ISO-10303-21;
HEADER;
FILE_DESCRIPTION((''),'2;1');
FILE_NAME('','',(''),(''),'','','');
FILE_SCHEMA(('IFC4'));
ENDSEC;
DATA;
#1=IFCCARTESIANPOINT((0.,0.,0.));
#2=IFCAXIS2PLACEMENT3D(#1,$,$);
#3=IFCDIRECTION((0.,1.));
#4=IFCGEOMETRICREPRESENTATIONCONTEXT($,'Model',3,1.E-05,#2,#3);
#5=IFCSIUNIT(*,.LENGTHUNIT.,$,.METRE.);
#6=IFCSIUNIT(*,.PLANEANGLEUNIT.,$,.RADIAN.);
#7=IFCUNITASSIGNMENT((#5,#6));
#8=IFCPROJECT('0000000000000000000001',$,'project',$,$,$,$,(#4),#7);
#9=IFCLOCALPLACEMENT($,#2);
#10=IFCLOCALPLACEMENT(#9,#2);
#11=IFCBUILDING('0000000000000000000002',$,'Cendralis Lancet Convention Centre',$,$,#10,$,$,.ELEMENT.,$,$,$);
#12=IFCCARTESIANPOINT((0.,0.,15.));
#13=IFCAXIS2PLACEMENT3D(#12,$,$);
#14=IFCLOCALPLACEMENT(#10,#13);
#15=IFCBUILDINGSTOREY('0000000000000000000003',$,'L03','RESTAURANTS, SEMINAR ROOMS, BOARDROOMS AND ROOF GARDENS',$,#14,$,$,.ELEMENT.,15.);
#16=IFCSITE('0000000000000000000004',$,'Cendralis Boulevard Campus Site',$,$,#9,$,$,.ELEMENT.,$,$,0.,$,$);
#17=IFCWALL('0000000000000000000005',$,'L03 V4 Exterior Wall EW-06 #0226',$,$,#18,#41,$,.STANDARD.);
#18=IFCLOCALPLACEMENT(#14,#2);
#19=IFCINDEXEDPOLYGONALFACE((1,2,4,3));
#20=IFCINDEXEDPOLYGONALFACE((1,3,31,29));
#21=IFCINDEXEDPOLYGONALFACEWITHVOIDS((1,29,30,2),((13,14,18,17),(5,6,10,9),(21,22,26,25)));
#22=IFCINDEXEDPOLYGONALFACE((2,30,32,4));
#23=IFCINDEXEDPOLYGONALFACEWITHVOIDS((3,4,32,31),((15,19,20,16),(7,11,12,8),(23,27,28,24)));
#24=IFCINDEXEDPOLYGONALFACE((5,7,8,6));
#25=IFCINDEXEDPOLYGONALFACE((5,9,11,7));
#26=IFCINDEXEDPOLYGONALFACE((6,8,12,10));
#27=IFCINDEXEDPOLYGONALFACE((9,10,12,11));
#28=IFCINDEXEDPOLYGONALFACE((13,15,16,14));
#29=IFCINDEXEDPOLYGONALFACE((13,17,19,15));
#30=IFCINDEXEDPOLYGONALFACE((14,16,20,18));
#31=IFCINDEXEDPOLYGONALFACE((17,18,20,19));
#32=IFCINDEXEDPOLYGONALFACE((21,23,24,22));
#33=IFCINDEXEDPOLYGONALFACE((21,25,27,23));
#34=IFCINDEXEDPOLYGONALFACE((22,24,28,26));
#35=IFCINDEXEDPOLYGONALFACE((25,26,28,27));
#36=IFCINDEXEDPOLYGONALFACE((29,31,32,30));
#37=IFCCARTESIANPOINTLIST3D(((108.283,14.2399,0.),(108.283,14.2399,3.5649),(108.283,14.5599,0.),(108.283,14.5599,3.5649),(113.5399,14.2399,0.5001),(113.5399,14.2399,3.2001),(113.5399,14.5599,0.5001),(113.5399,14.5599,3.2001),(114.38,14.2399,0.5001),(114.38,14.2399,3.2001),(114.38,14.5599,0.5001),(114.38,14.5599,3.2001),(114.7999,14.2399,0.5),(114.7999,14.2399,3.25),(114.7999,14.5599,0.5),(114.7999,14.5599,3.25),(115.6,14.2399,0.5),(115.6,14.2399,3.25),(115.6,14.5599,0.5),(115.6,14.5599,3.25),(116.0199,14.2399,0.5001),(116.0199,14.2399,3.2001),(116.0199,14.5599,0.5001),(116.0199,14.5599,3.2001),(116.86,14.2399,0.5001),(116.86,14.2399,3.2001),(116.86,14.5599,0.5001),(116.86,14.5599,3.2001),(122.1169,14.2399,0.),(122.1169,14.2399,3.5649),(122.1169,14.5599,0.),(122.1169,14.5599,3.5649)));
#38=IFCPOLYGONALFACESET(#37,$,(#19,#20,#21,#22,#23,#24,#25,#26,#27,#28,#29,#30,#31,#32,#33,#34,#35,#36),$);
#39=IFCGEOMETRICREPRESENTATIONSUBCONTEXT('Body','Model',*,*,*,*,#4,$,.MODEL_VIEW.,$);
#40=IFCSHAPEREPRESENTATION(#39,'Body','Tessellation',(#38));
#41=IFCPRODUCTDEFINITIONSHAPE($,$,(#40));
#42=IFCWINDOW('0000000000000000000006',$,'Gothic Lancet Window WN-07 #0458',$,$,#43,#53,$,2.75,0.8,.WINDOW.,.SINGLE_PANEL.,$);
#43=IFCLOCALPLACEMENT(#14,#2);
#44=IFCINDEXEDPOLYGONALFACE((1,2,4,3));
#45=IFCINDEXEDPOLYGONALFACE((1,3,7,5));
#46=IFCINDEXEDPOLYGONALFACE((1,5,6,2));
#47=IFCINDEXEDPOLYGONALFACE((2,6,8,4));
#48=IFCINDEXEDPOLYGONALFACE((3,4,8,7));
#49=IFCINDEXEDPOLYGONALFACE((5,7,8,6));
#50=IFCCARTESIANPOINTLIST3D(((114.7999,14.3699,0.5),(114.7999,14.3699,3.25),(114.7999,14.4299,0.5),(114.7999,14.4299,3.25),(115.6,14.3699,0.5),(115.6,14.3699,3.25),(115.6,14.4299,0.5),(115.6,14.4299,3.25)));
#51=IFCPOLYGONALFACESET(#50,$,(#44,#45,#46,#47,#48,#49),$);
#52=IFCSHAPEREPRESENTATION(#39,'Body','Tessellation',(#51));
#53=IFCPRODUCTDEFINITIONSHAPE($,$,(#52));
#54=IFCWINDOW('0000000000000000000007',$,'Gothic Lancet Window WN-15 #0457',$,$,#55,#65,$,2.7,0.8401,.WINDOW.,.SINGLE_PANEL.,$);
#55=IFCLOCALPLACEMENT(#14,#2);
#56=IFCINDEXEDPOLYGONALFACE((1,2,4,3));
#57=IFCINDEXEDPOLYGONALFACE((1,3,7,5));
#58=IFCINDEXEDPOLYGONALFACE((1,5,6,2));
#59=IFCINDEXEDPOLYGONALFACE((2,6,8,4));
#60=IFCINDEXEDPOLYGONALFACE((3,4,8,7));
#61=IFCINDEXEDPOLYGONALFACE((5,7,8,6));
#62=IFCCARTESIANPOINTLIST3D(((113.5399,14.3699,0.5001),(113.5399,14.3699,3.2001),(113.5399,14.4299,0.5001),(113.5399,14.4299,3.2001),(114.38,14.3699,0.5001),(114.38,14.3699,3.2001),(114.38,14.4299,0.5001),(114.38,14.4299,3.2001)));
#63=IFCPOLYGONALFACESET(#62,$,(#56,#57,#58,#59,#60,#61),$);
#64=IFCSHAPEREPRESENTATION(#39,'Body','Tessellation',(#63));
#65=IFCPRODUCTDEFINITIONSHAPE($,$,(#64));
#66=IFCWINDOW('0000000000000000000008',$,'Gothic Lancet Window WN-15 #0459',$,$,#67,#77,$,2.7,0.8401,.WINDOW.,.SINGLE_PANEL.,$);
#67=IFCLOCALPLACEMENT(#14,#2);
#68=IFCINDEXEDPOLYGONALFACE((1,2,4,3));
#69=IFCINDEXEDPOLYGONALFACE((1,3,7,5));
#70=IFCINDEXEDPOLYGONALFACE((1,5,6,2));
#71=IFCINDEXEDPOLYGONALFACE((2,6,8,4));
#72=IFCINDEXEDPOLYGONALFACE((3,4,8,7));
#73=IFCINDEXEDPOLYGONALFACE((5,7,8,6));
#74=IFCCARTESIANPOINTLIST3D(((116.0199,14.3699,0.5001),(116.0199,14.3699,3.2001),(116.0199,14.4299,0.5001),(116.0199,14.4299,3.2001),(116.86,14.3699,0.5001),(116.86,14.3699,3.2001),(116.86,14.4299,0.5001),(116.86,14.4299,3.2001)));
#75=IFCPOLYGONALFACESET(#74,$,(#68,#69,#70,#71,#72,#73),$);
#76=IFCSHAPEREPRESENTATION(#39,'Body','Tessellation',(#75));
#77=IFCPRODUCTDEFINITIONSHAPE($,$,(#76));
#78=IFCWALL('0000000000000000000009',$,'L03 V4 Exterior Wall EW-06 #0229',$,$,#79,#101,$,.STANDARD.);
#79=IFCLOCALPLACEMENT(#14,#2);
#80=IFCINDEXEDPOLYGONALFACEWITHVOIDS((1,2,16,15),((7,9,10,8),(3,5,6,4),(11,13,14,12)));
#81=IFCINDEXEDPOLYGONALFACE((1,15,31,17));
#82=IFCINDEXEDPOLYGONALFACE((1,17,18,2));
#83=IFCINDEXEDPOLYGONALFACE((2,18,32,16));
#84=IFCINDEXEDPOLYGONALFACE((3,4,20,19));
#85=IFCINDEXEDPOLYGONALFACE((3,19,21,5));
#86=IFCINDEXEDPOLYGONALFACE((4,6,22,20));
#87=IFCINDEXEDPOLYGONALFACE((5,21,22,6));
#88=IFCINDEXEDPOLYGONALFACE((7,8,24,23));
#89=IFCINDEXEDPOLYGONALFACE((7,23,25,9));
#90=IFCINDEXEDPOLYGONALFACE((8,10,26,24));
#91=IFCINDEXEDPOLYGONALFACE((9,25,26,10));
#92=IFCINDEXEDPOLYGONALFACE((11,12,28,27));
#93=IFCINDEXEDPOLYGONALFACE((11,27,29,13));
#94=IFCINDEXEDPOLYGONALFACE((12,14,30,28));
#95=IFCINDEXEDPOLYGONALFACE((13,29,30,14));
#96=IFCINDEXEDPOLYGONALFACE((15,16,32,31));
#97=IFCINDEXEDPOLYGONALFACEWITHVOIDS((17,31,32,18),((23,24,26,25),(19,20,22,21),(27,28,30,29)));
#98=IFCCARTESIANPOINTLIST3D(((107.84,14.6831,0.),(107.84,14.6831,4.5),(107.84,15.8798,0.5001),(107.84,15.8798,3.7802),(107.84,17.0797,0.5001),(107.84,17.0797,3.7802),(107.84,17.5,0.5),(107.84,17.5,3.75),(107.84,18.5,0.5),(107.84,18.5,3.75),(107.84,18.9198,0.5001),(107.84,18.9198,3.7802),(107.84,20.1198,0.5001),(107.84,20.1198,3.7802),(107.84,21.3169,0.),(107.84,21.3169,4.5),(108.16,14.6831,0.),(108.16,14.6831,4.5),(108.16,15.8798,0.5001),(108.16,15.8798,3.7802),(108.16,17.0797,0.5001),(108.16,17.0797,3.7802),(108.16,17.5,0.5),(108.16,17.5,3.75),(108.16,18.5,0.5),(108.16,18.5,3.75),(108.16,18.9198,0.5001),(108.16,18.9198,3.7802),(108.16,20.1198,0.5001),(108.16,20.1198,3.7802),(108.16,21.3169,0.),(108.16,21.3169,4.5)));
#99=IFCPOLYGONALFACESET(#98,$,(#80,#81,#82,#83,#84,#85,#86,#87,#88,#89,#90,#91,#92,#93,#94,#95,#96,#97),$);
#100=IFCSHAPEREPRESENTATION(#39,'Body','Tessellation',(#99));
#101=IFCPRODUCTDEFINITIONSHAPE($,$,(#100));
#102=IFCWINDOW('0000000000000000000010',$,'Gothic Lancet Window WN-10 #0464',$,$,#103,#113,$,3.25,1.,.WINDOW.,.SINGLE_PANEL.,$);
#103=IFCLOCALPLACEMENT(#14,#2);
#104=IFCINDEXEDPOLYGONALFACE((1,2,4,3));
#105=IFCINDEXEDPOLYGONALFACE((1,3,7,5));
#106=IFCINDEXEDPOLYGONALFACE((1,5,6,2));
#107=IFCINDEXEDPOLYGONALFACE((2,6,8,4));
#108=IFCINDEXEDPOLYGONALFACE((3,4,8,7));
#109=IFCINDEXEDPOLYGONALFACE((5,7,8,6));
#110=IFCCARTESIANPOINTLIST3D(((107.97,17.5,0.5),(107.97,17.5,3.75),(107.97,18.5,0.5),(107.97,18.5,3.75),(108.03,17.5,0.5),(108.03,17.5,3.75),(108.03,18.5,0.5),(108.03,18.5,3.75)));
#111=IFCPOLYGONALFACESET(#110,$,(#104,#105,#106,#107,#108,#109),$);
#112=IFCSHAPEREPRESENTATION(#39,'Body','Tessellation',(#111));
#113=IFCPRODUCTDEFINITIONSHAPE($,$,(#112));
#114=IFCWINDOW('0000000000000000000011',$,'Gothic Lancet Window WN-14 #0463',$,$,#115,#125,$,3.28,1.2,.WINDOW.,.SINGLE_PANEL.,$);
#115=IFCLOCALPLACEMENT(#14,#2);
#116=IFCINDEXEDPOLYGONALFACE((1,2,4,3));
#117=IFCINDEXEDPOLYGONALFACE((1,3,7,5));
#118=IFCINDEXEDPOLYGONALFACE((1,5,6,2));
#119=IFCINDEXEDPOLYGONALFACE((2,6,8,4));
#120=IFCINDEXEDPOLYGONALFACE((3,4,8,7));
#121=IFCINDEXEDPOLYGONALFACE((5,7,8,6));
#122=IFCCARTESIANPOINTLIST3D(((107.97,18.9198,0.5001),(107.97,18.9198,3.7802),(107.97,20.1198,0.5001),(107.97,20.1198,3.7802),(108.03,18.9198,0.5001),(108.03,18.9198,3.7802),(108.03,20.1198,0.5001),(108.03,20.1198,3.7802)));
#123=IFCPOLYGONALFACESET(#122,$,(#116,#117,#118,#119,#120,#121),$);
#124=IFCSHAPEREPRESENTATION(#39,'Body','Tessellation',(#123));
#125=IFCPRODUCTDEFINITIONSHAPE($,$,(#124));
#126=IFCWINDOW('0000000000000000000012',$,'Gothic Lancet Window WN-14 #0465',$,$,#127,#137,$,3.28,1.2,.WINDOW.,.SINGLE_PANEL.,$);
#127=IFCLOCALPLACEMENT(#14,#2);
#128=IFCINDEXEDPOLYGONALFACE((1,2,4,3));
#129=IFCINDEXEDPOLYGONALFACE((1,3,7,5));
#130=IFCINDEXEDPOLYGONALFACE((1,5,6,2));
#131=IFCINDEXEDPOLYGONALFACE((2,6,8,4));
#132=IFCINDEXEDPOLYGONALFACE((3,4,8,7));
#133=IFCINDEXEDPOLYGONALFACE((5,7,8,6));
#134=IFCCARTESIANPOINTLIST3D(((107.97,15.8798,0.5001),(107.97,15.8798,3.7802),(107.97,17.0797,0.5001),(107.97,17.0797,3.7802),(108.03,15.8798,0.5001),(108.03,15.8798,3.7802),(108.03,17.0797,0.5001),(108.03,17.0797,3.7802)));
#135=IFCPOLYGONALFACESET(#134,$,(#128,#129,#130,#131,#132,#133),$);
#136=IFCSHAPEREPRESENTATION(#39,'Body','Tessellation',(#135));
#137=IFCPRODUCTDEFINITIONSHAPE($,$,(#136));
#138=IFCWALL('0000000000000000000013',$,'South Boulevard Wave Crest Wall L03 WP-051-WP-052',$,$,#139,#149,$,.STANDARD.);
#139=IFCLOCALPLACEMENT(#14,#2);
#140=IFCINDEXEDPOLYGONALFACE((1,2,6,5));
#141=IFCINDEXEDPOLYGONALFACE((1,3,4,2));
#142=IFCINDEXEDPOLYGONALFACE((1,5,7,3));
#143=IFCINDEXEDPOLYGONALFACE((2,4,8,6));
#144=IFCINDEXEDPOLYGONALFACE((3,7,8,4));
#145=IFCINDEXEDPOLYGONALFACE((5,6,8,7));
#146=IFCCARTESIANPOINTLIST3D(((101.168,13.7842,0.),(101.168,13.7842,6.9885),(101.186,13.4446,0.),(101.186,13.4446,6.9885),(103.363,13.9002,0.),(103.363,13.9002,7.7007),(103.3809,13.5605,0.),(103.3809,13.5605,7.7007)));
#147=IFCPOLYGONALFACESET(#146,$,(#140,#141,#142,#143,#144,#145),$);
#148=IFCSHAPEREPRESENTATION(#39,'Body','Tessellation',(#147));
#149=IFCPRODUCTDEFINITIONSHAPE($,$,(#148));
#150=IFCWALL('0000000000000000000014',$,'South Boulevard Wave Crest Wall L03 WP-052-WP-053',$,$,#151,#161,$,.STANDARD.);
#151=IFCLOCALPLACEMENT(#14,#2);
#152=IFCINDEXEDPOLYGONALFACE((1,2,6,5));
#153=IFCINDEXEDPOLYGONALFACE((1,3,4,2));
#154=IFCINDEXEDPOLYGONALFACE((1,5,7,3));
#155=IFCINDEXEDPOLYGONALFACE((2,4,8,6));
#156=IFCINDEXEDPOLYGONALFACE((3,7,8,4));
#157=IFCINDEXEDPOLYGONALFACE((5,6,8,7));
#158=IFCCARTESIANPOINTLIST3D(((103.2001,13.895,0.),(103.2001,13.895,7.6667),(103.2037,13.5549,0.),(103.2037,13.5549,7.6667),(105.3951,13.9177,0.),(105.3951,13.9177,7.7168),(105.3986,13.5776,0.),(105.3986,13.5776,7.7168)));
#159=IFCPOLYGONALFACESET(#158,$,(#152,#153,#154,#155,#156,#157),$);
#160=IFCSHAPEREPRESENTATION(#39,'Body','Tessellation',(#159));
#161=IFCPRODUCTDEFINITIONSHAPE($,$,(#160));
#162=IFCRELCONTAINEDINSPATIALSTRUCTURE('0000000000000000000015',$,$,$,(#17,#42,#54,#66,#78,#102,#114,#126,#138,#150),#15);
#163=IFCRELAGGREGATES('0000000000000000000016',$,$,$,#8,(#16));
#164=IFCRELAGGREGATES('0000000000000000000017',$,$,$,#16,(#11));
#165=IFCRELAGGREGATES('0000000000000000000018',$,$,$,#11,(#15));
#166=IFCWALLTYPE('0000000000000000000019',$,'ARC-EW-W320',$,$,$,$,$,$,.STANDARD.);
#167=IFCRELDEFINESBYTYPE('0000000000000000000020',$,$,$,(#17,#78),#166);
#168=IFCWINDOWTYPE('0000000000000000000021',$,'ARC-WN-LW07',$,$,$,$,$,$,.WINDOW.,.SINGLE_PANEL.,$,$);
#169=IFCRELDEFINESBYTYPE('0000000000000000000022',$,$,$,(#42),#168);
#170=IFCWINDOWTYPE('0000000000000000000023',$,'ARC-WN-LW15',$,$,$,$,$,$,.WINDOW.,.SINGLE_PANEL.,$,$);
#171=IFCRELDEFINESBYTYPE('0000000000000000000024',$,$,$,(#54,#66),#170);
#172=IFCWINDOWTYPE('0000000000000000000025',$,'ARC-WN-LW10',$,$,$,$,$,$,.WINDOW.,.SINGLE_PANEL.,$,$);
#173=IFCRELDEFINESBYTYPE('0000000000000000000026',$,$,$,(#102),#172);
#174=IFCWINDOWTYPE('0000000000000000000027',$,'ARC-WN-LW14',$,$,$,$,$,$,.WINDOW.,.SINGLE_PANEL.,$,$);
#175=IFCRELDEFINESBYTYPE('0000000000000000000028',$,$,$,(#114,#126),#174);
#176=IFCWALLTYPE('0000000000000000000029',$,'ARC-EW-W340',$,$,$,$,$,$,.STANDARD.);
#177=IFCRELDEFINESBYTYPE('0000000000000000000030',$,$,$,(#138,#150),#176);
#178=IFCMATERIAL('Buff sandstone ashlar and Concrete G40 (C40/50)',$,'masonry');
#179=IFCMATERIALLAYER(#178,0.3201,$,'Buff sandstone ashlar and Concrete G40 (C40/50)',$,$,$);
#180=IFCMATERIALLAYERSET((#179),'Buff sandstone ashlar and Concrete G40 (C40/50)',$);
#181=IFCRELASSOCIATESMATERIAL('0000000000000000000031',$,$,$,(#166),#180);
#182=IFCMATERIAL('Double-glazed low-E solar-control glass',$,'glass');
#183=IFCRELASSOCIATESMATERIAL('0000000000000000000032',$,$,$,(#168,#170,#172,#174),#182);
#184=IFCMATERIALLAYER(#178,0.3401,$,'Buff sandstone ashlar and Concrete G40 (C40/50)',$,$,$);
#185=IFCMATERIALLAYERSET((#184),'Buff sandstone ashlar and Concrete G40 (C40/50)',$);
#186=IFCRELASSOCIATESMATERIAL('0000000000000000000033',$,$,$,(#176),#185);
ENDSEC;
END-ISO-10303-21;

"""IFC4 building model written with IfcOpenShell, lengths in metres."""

from ifc_helpers import new_model, si_unit, direction, frame, frame_2d, origin, place, context, subcontext, project, spatial, polyline, rectangle, outline, extrude, material, layer, layer_set, type_object, element, fill, save


model = new_model("IFC4")

# Units and contexts
model_context = context("Model", 3, precision=1e-05, world=origin(), true_north=direction((0.0, 1.0)))
body_context = subcontext(model_context, "Body", "Model", "MODEL_VIEW")
ifc_project = project(units=[si_unit("LENGTHUNIT", "METRE"), si_unit("PLANEANGLEUNIT", "RADIAN")], contexts=[model_context])

# Site, building, storey
site_placement = place(None, origin())
site = spatial("IfcSite", under=ifc_project, at=site_placement, Name="Cendralis Boulevard Campus Site", CompositionType="ELEMENT", RefElevation=0.0)
building_placement = place(site_placement, origin())
building = spatial("IfcBuilding", under=site, at=building_placement, Name="Cendralis Lancet Convention Centre", CompositionType="ELEMENT")
storey_placement = place(building_placement, frame((0.0, 0.0, 15.0)))
storey = spatial("IfcBuildingStorey", under=building, at=storey_placement, Name="L03", Description="RESTAURANTS, SEMINAR ROOMS, BOARDROOMS AND ROOF GARDENS", CompositionType="ELEMENT", Elevation=15.0)

# Walls, openings, windows
ifc_material_1 = material(Name="Buff sandstone ashlar and Concrete G40 (C40/50)", Category="masonry")
ifc_layer_1 = layer(ifc_material_1, 0.3201, Name="Buff sandstone ashlar and Concrete G40 (C40/50)")
ifc_layer_set_1 = layer_set([ifc_layer_1], Name="Buff sandstone ashlar and Concrete G40 (C40/50)")
wall_type_1 = type_object("IfcWallType", Name="ARC-EW-W320", PredefinedType="STANDARD", material=ifc_layer_set_1)
wall_1_placement = place(storey_placement, frame((108.283, 14.3999, 0.0), z_axis=(0.0, 0.0, 1.0), x_axis=(1.0, 0.0, 0.0)))
wall_1 = element("IfcWall", 1, at=wall_1_placement, inside=storey, type_object=wall_type_1, Name="L03 V4 Exterior Wall EW-06 #0226", PredefinedType="STANDARD", context=body_context, shape_type="SweptSolid", body=[
    extrude(rectangle(XDim=13.834, YDim=0.3201, at=frame_2d((6.917, 0.0))), origin(), (0.0, 0.0, 1.0), 3.5649),
])
opening_1_placement = place(wall_1_placement, frame((5.2571, 0.0, 0.5)))
opening_1 = element("IfcOpeningElement", 2, at=opening_1_placement, cuts=wall_1, PredefinedType="OPENING", context=body_context, shape_type="SweptSolid", body=[
    extrude(rectangle(XDim=0.8401, YDim=2.7, at=frame_2d((0.4199, 1.3501))), frame((0.0, 0.1699, 0.0), z_axis=(0.0, -1.0, 0.0), x_axis=(1.0, 0.0, 0.0)), (0.0, 0.0, 1.0), 0.3401),
])
opening_2_placement = place(wall_1_placement, frame((6.5171, 0.0, 0.5)))
opening_2 = element("IfcOpeningElement", 3, at=opening_2_placement, cuts=wall_1, PredefinedType="OPENING", context=body_context, shape_type="SweptSolid", body=[
    extrude(rectangle(XDim=0.8, YDim=2.75, at=frame_2d((0.3999, 1.375))), frame((0.0, 0.1699, 0.0), z_axis=(0.0, -1.0, 0.0), x_axis=(1.0, 0.0, 0.0)), (0.0, 0.0, 1.0), 0.3401),
])
opening_3_placement = place(wall_1_placement, frame((7.7371, 0.0, 0.5)))
opening_3 = element("IfcOpeningElement", 4, at=opening_3_placement, cuts=wall_1, PredefinedType="OPENING", context=body_context, shape_type="SweptSolid", body=[
    extrude(rectangle(XDim=0.8401, YDim=2.7, at=frame_2d((0.4199, 1.3501))), frame((0.0, 0.1699, 0.0), z_axis=(0.0, -1.0, 0.0), x_axis=(1.0, 0.0, 0.0)), (0.0, 0.0, 1.0), 0.3401),
])
ifc_material_2 = material(Name="Double-glazed low-E solar-control glass", Category="glass")
window_type_1 = type_object("IfcWindowType", Name="ARC-WN-LW07", PartitioningType="SINGLE_PANEL", PredefinedType="WINDOW", material=ifc_material_2)
window_1_placement = place(opening_2_placement, origin())
window_1 = element("IfcWindow", 5, at=window_1_placement, inside=storey, type_object=window_type_1, Name="Gothic Lancet Window WN-07 #0458", OverallHeight=2.75, OverallWidth=0.8, PartitioningType="SINGLE_PANEL", PredefinedType="WINDOW", context=body_context, shape_type="SweptSolid", body=[
    extrude(rectangle(XDim=0.8, YDim=2.75, at=frame_2d((0.3999, 1.375))), frame((0.0, 0.03, 0.0), z_axis=(0.0, -1.0, 0.0), x_axis=(1.0, 0.0, 0.0)), (0.0, 0.0, 1.0), 0.0601),
])
fill(opening_2, window_1)
window_type_2 = type_object("IfcWindowType", Name="ARC-WN-LW15", PartitioningType="SINGLE_PANEL", PredefinedType="WINDOW", material=ifc_material_2)
window_2_placement = place(opening_1_placement, origin())
window_2 = element("IfcWindow", 6, at=window_2_placement, inside=storey, type_object=window_type_2, Name="Gothic Lancet Window WN-15 #0457", OverallHeight=2.7, OverallWidth=0.8401, PartitioningType="SINGLE_PANEL", PredefinedType="WINDOW", context=body_context, shape_type="SweptSolid", body=[
    extrude(rectangle(XDim=0.8401, YDim=2.7, at=frame_2d((0.4199, 1.3501))), frame((0.0, 0.03, 0.0), z_axis=(0.0, -1.0, 0.0), x_axis=(1.0, 0.0, 0.0)), (0.0, 0.0, 1.0), 0.0601),
])
fill(opening_1, window_2)
window_3_placement = place(opening_3_placement, origin())
window_3 = element("IfcWindow", 7, at=window_3_placement, inside=storey, type_object=window_type_2, Name="Gothic Lancet Window WN-15 #0459", OverallHeight=2.7, OverallWidth=0.8401, PartitioningType="SINGLE_PANEL", PredefinedType="WINDOW", context=body_context, shape_type="SweptSolid", body=[
    extrude(rectangle(XDim=0.8401, YDim=2.7, at=frame_2d((0.4199, 1.3501))), frame((0.0, 0.03, 0.0), z_axis=(0.0, -1.0, 0.0), x_axis=(1.0, 0.0, 0.0)), (0.0, 0.0, 1.0), 0.0601),
])
fill(opening_3, window_3)
wall_2_placement = place(storey_placement, frame((108.0, 21.3169, 0.0), z_axis=(0.0, 0.0, 1.0), x_axis=(0.0, -1.0, 0.0)))
wall_2 = element("IfcWall", 8, at=wall_2_placement, inside=storey, type_object=wall_type_1, Name="L03 V4 Exterior Wall EW-06 #0229", PredefinedType="STANDARD", context=body_context, shape_type="SweptSolid", body=[
    extrude(rectangle(XDim=6.6338, YDim=0.3201, at=frame_2d((3.3169, 0.0))), origin(), (0.0, 0.0, 1.0), 4.5),
])
opening_4_placement = place(wall_2_placement, frame((1.197, 0.0, 0.5)))
opening_4 = element("IfcOpeningElement", 9, at=opening_4_placement, cuts=wall_2, PredefinedType="OPENING", context=body_context, shape_type="SweptSolid", body=[
    extrude(rectangle(XDim=1.2, YDim=3.28, at=frame_2d((0.6001, 1.6401))), frame((0.0, 0.1699, 0.0), z_axis=(0.0, -1.0, 0.0), x_axis=(1.0, 0.0, 0.0)), (0.0, 0.0, 1.0), 0.3401),
])
opening_5_placement = place(wall_2_placement, frame((2.8169, 0.0, 0.5)))
opening_5 = element("IfcOpeningElement", 10, at=opening_5_placement, cuts=wall_2, PredefinedType="OPENING", context=body_context, shape_type="SweptSolid", body=[
    extrude(rectangle(XDim=1.0, YDim=3.25, at=frame_2d((0.5, 1.625))), frame((0.0, 0.1699, 0.0), z_axis=(0.0, -1.0, 0.0), x_axis=(1.0, 0.0, 0.0)), (0.0, 0.0, 1.0), 0.3401),
])
opening_6_placement = place(wall_2_placement, frame((4.2371, 0.0, 0.5)))
opening_6 = element("IfcOpeningElement", 11, at=opening_6_placement, cuts=wall_2, PredefinedType="OPENING", context=body_context, shape_type="SweptSolid", body=[
    extrude(rectangle(XDim=1.2, YDim=3.28, at=frame_2d((0.6001, 1.6401))), frame((0.0, 0.1699, 0.0), z_axis=(0.0, -1.0, 0.0), x_axis=(1.0, 0.0, 0.0)), (0.0, 0.0, 1.0), 0.3401),
])
window_type_3 = type_object("IfcWindowType", Name="ARC-WN-LW10", PartitioningType="SINGLE_PANEL", PredefinedType="WINDOW", material=ifc_material_2)
window_4_placement = place(opening_5_placement, origin())
window_4 = element("IfcWindow", 12, at=window_4_placement, inside=storey, type_object=window_type_3, Name="Gothic Lancet Window WN-10 #0464", OverallHeight=3.25, OverallWidth=1.0, PartitioningType="SINGLE_PANEL", PredefinedType="WINDOW", context=body_context, shape_type="SweptSolid", body=[
    extrude(rectangle(XDim=1.0, YDim=3.25, at=frame_2d((0.5, 1.625))), frame((0.0, 0.03, 0.0), z_axis=(0.0, -1.0, 0.0), x_axis=(1.0, 0.0, 0.0)), (0.0, 0.0, 1.0), 0.0601),
])
fill(opening_5, window_4)
window_type_4 = type_object("IfcWindowType", Name="ARC-WN-LW14", PartitioningType="SINGLE_PANEL", PredefinedType="WINDOW", material=ifc_material_2)
window_5_placement = place(opening_4_placement, origin())
window_5 = element("IfcWindow", 13, at=window_5_placement, inside=storey, type_object=window_type_4, Name="Gothic Lancet Window WN-14 #0463", OverallHeight=3.28, OverallWidth=1.2, PartitioningType="SINGLE_PANEL", PredefinedType="WINDOW", context=body_context, shape_type="SweptSolid", body=[
    extrude(rectangle(XDim=1.2, YDim=3.28, at=frame_2d((0.6001, 1.6401))), frame((0.0, 0.03, 0.0), z_axis=(0.0, -1.0, 0.0), x_axis=(1.0, 0.0, 0.0)), (0.0, 0.0, 1.0), 0.0601),
])
fill(opening_4, window_5)
window_6_placement = place(opening_6_placement, origin())
window_6 = element("IfcWindow", 14, at=window_6_placement, inside=storey, type_object=window_type_4, Name="Gothic Lancet Window WN-14 #0465", OverallHeight=3.28, OverallWidth=1.2, PartitioningType="SINGLE_PANEL", PredefinedType="WINDOW", context=body_context, shape_type="SweptSolid", body=[
    extrude(rectangle(XDim=1.2, YDim=3.28, at=frame_2d((0.6001, 1.6401))), frame((0.0, 0.03, 0.0), z_axis=(0.0, -1.0, 0.0), x_axis=(1.0, 0.0, 0.0)), (0.0, 0.0, 1.0), 0.0601),
])
fill(opening_6, window_6)

# Walls
ifc_layer_2 = layer(ifc_material_1, 0.3401, Name="Buff sandstone ashlar and Concrete G40 (C40/50)")
ifc_layer_set_2 = layer_set([ifc_layer_2], Name="Buff sandstone ashlar and Concrete G40 (C40/50)")
wall_type_2 = type_object("IfcWallType", Name="ARC-EW-W340", PredefinedType="STANDARD", material=ifc_layer_set_2)
wall_3_placement = place(storey_placement, frame((101.177, 13.6145, 0.0), z_axis=(0.0, 0.0, 1.0), x_axis=(0.998607, 0.052763, 0.0)))
element("IfcWall", 15, at=wall_3_placement, inside=storey, type_object=wall_type_2, Name="South Boulevard Wave Crest Wall L03 WP-051-WP-052", PredefinedType="STANDARD", context=body_context, shape_type="SweptSolid", body=[
    extrude(outline(polyline([(0.0, 0.0), (2.198, 0.0), (2.198, 7.7007), (0.0, 6.9885), (0.0, 0.0)])), frame((0.0, 0.1699, 0.0), z_axis=(0.0, -1.0, 0.0), x_axis=(1.0, 0.0, 0.0)), (0.0, 0.0, 1.0), 0.3401),
])
wall_4_placement = place(storey_placement, frame((103.2019, 13.7251, 0.0), z_axis=(0.0, 0.0, 1.0), x_axis=(0.999947, 0.010343, 0.0)))
element("IfcWall", 16, at=wall_4_placement, inside=storey, type_object=wall_type_2, Name="South Boulevard Wave Crest Wall L03 WP-052-WP-053", PredefinedType="STANDARD", context=body_context, shape_type="SweptSolid", body=[
    extrude(outline(polyline([(0.0, 0.0), (2.1951, 0.0), (2.1951, 7.7168), (0.0, 7.6667), (0.0, 0.0)])), frame((0.0, 0.1699, 0.0), z_axis=(0.0, -1.0, 0.0), x_axis=(1.0, 0.0, 0.0)), (0.0, 0.0, 1.0), 0.3401),
])

save(model, "model.ifc")
